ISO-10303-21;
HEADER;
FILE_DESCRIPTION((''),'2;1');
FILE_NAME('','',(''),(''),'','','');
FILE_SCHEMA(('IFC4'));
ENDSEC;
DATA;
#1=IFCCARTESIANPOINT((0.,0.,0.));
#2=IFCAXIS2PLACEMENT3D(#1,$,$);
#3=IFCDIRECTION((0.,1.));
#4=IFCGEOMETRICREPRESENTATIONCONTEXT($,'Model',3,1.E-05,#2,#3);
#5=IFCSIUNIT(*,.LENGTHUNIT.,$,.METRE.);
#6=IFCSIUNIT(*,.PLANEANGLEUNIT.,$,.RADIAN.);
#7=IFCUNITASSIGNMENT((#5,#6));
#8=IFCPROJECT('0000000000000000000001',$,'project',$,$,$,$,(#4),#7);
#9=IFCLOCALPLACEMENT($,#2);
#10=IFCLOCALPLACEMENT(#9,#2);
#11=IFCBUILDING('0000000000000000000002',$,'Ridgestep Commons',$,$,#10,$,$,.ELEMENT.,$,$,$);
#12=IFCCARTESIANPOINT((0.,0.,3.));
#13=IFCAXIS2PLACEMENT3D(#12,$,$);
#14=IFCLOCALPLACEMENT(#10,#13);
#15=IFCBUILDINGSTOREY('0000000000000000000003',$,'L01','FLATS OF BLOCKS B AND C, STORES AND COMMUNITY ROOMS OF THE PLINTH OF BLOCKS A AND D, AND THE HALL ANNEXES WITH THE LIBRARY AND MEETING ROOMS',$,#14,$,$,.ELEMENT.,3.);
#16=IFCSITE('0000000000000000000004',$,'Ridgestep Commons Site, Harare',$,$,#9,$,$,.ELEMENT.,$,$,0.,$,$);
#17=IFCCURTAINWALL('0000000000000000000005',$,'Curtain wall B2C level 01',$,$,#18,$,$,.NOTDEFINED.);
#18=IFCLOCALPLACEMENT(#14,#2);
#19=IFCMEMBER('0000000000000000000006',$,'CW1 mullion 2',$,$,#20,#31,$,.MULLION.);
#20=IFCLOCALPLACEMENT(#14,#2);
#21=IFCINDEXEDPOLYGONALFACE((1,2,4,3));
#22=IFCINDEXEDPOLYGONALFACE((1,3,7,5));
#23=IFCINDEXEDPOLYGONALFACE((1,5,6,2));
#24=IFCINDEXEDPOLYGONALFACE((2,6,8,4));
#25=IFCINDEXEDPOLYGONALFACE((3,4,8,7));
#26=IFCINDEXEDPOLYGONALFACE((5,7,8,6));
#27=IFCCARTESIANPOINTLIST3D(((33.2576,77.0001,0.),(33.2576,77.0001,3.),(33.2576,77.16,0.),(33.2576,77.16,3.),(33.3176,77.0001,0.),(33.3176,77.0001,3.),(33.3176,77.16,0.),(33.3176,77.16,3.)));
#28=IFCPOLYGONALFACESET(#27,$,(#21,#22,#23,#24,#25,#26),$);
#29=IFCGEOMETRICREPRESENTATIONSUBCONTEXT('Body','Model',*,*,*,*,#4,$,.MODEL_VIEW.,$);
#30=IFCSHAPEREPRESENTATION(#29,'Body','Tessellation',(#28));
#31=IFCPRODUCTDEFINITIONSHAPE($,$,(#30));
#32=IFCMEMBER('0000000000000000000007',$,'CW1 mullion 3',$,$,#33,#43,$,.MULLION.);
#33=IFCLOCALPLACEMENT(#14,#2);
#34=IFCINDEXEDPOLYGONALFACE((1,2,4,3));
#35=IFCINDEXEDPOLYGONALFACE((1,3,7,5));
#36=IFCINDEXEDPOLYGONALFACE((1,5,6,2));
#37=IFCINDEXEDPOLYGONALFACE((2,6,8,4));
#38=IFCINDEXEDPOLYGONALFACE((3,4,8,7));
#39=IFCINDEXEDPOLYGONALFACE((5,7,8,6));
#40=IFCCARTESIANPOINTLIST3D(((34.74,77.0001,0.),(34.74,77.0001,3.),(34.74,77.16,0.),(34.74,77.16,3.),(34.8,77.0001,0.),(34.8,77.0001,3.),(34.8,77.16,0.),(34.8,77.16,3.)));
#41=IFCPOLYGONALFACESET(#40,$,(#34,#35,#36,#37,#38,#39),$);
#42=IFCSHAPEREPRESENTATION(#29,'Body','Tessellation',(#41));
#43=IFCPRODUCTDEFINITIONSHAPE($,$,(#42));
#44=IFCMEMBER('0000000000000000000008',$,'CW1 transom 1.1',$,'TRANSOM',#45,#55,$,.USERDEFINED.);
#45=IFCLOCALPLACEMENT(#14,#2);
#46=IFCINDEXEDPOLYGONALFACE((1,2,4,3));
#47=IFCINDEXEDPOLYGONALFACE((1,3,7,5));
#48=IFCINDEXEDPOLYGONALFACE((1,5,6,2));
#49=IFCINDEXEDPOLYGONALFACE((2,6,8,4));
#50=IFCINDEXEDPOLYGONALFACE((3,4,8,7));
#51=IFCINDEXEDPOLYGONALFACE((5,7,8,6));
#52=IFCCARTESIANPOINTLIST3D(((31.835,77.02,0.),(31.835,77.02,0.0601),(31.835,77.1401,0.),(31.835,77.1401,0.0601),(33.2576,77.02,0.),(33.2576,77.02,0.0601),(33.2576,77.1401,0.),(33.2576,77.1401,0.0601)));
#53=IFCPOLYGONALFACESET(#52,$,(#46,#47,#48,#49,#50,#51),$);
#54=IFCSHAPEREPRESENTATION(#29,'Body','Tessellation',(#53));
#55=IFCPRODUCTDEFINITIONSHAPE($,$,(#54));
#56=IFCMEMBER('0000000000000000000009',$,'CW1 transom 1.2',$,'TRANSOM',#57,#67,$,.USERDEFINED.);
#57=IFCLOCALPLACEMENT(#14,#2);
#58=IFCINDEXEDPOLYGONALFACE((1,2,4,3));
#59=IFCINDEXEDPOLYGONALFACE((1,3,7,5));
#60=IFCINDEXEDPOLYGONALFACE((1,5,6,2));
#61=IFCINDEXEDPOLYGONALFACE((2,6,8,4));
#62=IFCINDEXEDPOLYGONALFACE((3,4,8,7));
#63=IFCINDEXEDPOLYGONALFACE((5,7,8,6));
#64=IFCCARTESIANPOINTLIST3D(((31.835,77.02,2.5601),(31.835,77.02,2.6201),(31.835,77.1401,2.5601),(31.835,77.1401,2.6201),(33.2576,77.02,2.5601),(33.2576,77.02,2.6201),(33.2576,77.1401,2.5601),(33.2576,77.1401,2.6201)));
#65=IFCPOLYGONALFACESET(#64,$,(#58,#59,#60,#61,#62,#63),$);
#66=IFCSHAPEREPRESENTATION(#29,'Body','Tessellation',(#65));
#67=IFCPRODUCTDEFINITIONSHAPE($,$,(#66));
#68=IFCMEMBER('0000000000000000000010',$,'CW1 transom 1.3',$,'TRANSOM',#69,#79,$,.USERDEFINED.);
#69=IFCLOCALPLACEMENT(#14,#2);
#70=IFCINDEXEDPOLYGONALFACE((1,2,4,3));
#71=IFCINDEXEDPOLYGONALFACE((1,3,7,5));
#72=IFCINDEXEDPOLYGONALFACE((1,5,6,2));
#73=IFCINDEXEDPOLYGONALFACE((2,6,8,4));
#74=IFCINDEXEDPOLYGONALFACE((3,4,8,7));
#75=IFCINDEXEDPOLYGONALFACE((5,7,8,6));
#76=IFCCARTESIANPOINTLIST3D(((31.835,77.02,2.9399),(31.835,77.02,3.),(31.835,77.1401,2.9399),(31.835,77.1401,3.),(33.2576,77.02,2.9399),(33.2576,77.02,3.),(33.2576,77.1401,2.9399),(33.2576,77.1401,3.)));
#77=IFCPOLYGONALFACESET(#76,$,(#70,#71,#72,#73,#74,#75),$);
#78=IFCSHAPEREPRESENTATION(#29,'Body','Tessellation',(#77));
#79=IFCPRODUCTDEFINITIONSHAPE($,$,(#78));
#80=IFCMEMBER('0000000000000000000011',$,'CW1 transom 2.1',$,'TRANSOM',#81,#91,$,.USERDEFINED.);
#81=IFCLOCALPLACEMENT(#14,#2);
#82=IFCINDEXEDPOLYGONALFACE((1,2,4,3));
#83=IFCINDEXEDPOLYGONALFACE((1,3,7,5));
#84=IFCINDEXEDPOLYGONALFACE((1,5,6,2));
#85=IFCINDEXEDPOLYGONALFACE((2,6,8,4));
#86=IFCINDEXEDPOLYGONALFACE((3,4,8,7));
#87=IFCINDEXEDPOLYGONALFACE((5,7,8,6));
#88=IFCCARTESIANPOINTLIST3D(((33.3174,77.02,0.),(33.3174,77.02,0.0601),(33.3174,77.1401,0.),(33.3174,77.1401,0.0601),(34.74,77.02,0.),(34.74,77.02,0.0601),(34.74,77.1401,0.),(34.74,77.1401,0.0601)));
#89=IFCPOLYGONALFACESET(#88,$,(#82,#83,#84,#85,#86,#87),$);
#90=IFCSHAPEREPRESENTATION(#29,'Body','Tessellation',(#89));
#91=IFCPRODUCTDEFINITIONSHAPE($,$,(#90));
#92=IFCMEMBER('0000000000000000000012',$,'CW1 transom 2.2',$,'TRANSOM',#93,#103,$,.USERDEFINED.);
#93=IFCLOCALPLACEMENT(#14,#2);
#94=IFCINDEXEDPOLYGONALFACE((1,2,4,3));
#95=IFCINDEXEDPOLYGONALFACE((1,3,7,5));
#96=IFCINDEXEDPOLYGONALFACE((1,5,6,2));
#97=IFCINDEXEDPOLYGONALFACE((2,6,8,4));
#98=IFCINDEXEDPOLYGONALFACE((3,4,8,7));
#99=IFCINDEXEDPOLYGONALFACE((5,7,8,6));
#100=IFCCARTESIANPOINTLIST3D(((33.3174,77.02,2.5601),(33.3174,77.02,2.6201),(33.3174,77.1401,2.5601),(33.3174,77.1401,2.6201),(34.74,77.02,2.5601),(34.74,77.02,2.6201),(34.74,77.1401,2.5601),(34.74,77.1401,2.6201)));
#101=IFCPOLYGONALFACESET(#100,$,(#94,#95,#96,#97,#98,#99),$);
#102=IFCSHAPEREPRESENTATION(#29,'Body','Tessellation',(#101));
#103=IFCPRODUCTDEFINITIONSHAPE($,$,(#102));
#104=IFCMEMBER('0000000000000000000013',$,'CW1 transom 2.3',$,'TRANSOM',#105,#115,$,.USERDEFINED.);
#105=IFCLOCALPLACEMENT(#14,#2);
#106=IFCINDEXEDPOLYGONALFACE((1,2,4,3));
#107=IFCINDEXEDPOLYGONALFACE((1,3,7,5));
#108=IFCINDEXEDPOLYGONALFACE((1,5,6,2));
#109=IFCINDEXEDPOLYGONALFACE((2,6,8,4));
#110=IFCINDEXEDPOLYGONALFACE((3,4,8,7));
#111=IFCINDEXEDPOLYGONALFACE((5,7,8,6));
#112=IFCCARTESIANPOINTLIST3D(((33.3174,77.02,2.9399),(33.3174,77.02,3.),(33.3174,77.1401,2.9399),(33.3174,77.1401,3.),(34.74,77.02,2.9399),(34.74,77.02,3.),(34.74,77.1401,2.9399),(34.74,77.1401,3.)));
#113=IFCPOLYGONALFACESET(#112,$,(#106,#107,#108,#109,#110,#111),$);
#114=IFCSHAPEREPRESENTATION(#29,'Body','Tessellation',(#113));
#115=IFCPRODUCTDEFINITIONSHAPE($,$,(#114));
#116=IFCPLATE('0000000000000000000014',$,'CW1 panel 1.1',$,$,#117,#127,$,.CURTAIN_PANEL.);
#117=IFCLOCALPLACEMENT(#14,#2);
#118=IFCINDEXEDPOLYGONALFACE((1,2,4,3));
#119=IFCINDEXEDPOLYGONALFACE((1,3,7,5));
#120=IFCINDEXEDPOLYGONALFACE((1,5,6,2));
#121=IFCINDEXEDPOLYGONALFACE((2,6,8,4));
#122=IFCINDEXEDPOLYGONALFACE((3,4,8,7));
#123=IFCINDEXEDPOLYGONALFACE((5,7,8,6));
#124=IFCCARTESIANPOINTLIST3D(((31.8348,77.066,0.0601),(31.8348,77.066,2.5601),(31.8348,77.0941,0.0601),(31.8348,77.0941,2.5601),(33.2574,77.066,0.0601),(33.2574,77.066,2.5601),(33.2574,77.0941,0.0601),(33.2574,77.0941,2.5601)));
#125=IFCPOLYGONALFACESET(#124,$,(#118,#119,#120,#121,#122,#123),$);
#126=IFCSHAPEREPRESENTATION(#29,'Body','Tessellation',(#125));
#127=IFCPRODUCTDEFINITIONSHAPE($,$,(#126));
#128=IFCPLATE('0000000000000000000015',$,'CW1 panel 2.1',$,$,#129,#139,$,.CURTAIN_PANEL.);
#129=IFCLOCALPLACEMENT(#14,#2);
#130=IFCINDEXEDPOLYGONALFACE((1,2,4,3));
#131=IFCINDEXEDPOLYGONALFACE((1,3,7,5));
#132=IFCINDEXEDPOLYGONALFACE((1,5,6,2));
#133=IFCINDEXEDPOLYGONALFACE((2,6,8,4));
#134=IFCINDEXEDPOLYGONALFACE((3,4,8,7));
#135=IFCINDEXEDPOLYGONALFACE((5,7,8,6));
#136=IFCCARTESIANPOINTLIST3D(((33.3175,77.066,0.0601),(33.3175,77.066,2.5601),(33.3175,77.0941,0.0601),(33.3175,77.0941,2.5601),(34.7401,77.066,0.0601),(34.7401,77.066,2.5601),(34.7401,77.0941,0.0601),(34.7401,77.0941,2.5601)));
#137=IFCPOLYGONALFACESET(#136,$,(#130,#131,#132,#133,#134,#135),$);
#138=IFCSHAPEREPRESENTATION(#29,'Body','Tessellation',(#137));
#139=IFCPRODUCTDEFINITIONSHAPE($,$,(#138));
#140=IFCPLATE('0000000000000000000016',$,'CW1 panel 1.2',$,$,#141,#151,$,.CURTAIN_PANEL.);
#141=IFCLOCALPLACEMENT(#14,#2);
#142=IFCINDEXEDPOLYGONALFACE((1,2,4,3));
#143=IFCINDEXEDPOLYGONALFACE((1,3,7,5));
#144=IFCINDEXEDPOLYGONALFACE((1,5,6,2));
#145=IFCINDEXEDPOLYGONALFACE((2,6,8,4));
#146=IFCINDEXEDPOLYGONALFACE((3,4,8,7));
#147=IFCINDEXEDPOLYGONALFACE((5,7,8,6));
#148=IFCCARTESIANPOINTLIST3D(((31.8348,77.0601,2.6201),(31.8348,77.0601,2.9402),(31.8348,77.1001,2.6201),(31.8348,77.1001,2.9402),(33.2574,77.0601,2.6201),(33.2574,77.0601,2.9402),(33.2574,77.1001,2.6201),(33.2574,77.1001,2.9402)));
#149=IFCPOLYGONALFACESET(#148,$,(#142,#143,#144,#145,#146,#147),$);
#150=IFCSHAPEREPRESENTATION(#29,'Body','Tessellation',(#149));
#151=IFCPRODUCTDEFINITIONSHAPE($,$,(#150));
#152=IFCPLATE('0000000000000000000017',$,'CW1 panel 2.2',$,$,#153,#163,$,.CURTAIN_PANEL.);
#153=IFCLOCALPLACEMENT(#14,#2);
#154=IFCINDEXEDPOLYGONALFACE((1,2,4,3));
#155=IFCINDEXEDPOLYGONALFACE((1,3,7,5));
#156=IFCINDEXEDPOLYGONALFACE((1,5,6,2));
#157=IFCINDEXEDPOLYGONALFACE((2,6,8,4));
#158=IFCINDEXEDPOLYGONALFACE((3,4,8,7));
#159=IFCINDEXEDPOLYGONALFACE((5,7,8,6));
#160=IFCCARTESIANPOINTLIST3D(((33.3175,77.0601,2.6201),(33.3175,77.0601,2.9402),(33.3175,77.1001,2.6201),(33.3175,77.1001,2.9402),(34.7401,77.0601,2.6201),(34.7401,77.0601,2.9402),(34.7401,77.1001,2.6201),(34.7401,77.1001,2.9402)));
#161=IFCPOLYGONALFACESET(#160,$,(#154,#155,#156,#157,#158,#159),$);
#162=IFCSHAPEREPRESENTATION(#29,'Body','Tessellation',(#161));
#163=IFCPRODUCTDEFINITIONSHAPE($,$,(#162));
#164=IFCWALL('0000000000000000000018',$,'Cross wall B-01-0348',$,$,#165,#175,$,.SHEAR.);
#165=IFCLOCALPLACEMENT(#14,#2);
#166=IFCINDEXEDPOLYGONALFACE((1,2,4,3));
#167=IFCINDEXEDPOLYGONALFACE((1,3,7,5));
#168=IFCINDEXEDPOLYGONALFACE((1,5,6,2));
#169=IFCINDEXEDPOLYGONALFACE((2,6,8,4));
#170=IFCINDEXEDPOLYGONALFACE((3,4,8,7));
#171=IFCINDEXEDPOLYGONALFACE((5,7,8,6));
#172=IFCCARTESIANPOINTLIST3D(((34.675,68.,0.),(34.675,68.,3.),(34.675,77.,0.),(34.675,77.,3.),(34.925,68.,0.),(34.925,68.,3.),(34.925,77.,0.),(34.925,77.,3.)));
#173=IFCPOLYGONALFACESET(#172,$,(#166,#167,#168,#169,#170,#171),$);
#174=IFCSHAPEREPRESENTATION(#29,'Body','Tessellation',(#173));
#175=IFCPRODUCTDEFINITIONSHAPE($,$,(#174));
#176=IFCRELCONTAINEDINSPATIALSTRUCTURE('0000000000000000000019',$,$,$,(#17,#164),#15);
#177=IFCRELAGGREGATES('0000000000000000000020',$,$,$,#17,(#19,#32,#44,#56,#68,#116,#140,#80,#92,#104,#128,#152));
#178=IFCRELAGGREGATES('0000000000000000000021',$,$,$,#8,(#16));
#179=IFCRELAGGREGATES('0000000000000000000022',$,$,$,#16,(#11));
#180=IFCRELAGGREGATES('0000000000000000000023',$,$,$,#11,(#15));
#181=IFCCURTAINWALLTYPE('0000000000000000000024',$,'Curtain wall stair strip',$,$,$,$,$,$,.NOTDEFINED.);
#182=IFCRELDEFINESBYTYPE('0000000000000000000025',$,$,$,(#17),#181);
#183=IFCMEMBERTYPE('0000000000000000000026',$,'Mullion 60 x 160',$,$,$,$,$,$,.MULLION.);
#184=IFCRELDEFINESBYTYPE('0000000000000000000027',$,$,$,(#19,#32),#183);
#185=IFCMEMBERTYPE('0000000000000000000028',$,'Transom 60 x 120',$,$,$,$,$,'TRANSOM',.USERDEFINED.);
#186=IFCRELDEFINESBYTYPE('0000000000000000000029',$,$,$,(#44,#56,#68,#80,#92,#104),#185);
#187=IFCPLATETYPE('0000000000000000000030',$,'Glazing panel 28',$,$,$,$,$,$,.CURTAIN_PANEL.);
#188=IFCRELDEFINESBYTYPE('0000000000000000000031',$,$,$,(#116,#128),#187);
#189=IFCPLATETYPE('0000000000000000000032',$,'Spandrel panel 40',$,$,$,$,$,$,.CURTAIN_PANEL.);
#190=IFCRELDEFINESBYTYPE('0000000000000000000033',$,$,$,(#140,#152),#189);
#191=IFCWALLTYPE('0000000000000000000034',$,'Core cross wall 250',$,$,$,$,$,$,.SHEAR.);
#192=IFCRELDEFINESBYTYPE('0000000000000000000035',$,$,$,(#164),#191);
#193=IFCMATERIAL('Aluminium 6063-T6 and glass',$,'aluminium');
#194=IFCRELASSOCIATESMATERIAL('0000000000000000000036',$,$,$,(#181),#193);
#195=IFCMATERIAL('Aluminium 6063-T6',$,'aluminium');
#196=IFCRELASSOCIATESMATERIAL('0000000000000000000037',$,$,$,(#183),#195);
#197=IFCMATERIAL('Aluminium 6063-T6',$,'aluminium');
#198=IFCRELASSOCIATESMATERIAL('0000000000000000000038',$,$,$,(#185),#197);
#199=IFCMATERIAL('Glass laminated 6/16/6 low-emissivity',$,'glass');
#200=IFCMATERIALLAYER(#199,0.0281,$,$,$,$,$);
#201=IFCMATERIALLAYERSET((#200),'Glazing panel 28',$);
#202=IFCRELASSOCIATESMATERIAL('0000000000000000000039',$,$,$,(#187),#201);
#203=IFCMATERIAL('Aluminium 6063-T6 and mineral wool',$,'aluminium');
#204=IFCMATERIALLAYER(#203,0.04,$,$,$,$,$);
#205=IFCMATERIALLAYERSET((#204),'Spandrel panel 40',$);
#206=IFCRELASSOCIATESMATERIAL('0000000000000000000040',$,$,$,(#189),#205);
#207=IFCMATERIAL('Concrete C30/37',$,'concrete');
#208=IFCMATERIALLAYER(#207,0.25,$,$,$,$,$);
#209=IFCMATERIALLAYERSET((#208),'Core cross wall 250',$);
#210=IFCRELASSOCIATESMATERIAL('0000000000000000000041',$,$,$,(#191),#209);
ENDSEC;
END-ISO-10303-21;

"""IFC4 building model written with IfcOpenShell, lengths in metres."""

from ifc_helpers import new_model, si_unit, direction, frame, frame_2d, origin, origin_2d, place, context, subcontext, project, spatial, rectangle, extrude, material, layer, layer_set, material_profile, profile_set, type_object, element, aggregate, save


model = new_model("IFC4")

# Units and contexts
model_context = context("Model", 3, precision=1e-05, world=origin(), true_north=direction((0.0, 1.0)))
body_context = subcontext(model_context, "Body", "Model", "MODEL_VIEW")
ifc_project = project(units=[si_unit("LENGTHUNIT", "METRE"), si_unit("PLANEANGLEUNIT", "RADIAN")], contexts=[model_context])

# Site, building, storey
site_placement = place(None, origin())
site = spatial("IfcSite", under=ifc_project, at=site_placement, Name="Ridgestep Commons Site, Harare", CompositionType="ELEMENT", RefElevation=0.0)
building_placement = place(site_placement, origin())
building = spatial("IfcBuilding", under=site, at=building_placement, Name="Ridgestep Commons", CompositionType="ELEMENT")
storey_placement = place(building_placement, frame((0.0, 0.0, 3.0)))
storey = spatial("IfcBuildingStorey", under=building, at=storey_placement, Name="L01", Description="FLATS OF BLOCKS B AND C, STORES AND COMMUNITY ROOMS OF THE PLINTH OF BLOCKS A AND D, AND THE HALL ANNEXES WITH THE LIBRARY AND MEETING ROOMS", CompositionType="ELEMENT", Elevation=3.0)

# Curtain wall, members, plates
ifc_material_1 = material(Name="Aluminium 6063-T6 and glass", Category="aluminium")
curtain_wall_type = type_object("IfcCurtainWallType", Name="Curtain wall stair strip", PredefinedType="NOTDEFINED", material=ifc_material_1)
curtain_wall_placement = place(storey_placement, origin())
curtain_wall = element("IfcCurtainWall", 1, at=curtain_wall_placement, inside=storey, type_object=curtain_wall_type, Name="Curtain wall B2C level 01", PredefinedType="NOTDEFINED")
ifc_material_2 = material(Name="Aluminium 6063-T6", Category="aluminium")
ifc_material_profile_1 = material_profile(ifc_material_2, rectangle(XDim=0.1599, YDim=0.0601, at=origin_2d()), Name="Mullion 60 x 160")
ifc_profile_set_1 = profile_set([ifc_material_profile_1], Name="Aluminium 6063-T6")
member_type_1 = type_object("IfcMemberType", Name="Mullion 60 x 160", PredefinedType="MULLION", material=ifc_profile_set_1)
member_1_placement = place(storey_placement, frame((33.2876, 77.0801, 0.0), z_axis=(0.0, 0.0, 1.0), x_axis=(0.0, 1.0, 0.0)))
member_1 = element("IfcMember", 2, at=member_1_placement, type_object=member_type_1, Name="CW1 mullion 2", PredefinedType="MULLION", context=body_context, shape_type="SweptSolid", body=[
    extrude(rectangle(XDim=0.1599, YDim=0.0601, at=origin_2d()), origin(), (0.0, 0.0, 1.0), 3.0),
])
member_2_placement = place(storey_placement, frame((34.77, 77.0801, 0.0), z_axis=(0.0, 0.0, 1.0), x_axis=(0.0, 1.0, 0.0)))
member_2 = element("IfcMember", 3, at=member_2_placement, type_object=member_type_1, Name="CW1 mullion 3", PredefinedType="MULLION", context=body_context, shape_type="SweptSolid", body=[
    extrude(rectangle(XDim=0.1599, YDim=0.0601, at=origin_2d()), origin(), (0.0, 0.0, 1.0), 3.0),
])
ifc_material_3 = material(Name="Aluminium 6063-T6", Category="aluminium")
ifc_material_profile_2 = material_profile(ifc_material_3, rectangle(XDim=0.1201, YDim=0.0601, at=origin_2d()), Name="Transom 60 x 120")
ifc_profile_set_2 = profile_set([ifc_material_profile_2], Name="Aluminium 6063-T6")
member_type_2 = type_object("IfcMemberType", Name="Transom 60 x 120", ElementType="TRANSOM", PredefinedType="USERDEFINED", material=ifc_profile_set_2)
member_3_placement = place(storey_placement, frame((31.835, 77.0801, 0.03), z_axis=(1.0, 0.0, 0.0), x_axis=(0.0, 1.0, 0.0)))
member_3 = element("IfcMember", 4, at=member_3_placement, type_object=member_type_2, Name="CW1 transom 1.1", ObjectType="TRANSOM", PredefinedType="USERDEFINED", context=body_context, shape_type="SweptSolid", body=[
    extrude(rectangle(XDim=0.1201, YDim=0.0601, at=origin_2d()), origin(), (0.0, 0.0, 1.0), 1.4226),
])
member_4_placement = place(storey_placement, frame((31.835, 77.0801, 2.5901), z_axis=(1.0, 0.0, 0.0), x_axis=(0.0, 1.0, 0.0)))
member_4 = element("IfcMember", 5, at=member_4_placement, type_object=member_type_2, Name="CW1 transom 1.2", ObjectType="TRANSOM", PredefinedType="USERDEFINED", context=body_context, shape_type="SweptSolid", body=[
    extrude(rectangle(XDim=0.1201, YDim=0.0601, at=origin_2d()), origin(), (0.0, 0.0, 1.0), 1.4226),
])
member_5_placement = place(storey_placement, frame((31.835, 77.0801, 2.97), z_axis=(1.0, 0.0, 0.0), x_axis=(0.0, 1.0, 0.0)))
member_5 = element("IfcMember", 6, at=member_5_placement, type_object=member_type_2, Name="CW1 transom 1.3", ObjectType="TRANSOM", PredefinedType="USERDEFINED", context=body_context, shape_type="SweptSolid", body=[
    extrude(rectangle(XDim=0.1201, YDim=0.0601, at=origin_2d()), origin(), (0.0, 0.0, 1.0), 1.4226),
])
member_6_placement = place(storey_placement, frame((33.3174, 77.0801, 0.03), z_axis=(1.0, 0.0, 0.0), x_axis=(0.0, 1.0, 0.0)))
member_6 = element("IfcMember", 7, at=member_6_placement, type_object=member_type_2, Name="CW1 transom 2.1", ObjectType="TRANSOM", PredefinedType="USERDEFINED", context=body_context, shape_type="SweptSolid", body=[
    extrude(rectangle(XDim=0.1201, YDim=0.0601, at=origin_2d()), origin(), (0.0, 0.0, 1.0), 1.4226),
])
member_7_placement = place(storey_placement, frame((33.3174, 77.0801, 2.5901), z_axis=(1.0, 0.0, 0.0), x_axis=(0.0, 1.0, 0.0)))
member_7 = element("IfcMember", 8, at=member_7_placement, type_object=member_type_2, Name="CW1 transom 2.2", ObjectType="TRANSOM", PredefinedType="USERDEFINED", context=body_context, shape_type="SweptSolid", body=[
    extrude(rectangle(XDim=0.1201, YDim=0.0601, at=origin_2d()), origin(), (0.0, 0.0, 1.0), 1.4226),
])
member_8_placement = place(storey_placement, frame((33.3174, 77.0801, 2.97), z_axis=(1.0, 0.0, 0.0), x_axis=(0.0, 1.0, 0.0)))
member_8 = element("IfcMember", 9, at=member_8_placement, type_object=member_type_2, Name="CW1 transom 2.3", ObjectType="TRANSOM", PredefinedType="USERDEFINED", context=body_context, shape_type="SweptSolid", body=[
    extrude(rectangle(XDim=0.1201, YDim=0.0601, at=origin_2d()), origin(), (0.0, 0.0, 1.0), 1.4226),
])
ifc_material_4 = material(Name="Glass laminated 6/16/6 low-emissivity", Category="glass")
ifc_layer_1 = layer(ifc_material_4, 0.0281)
ifc_layer_set_1 = layer_set([ifc_layer_1], Name="Glazing panel 28")
plate_type_1 = type_object("IfcPlateType", Name="Glazing panel 28", PredefinedType="CURTAIN_PANEL", material=ifc_layer_set_1)
plate_1_placement = place(storey_placement, frame((32.5461, 77.0801, 0.0601), z_axis=(0.0, 0.0, 1.0), x_axis=(1.0, 0.0, 0.0)))
plate_1 = element("IfcPlate", 10, at=plate_1_placement, type_object=plate_type_1, Name="CW1 panel 1.1", PredefinedType="CURTAIN_PANEL", context=body_context, shape_type="SweptSolid", body=[
    extrude(rectangle(XDim=1.4226, YDim=0.0281, at=origin_2d()), origin(), (0.0, 0.0, 1.0), 2.5),
])
plate_2_placement = place(storey_placement, frame((34.0288, 77.0801, 0.0601), z_axis=(0.0, 0.0, 1.0), x_axis=(1.0, 0.0, 0.0)))
plate_2 = element("IfcPlate", 11, at=plate_2_placement, type_object=plate_type_1, Name="CW1 panel 2.1", PredefinedType="CURTAIN_PANEL", context=body_context, shape_type="SweptSolid", body=[
    extrude(rectangle(XDim=1.4226, YDim=0.0281, at=origin_2d()), origin(), (0.0, 0.0, 1.0), 2.5),
])
ifc_material_5 = material(Name="Aluminium 6063-T6 and mineral wool", Category="aluminium")
ifc_layer_2 = layer(ifc_material_5, 0.04)
ifc_layer_set_2 = layer_set([ifc_layer_2], Name="Spandrel panel 40")
plate_type_2 = type_object("IfcPlateType", Name="Spandrel panel 40", PredefinedType="CURTAIN_PANEL", material=ifc_layer_set_2)
plate_3_placement = place(storey_placement, frame((32.5461, 77.0801, 2.6201), z_axis=(0.0, 0.0, 1.0), x_axis=(1.0, 0.0, 0.0)))
plate_3 = element("IfcPlate", 12, at=plate_3_placement, type_object=plate_type_2, Name="CW1 panel 1.2", PredefinedType="CURTAIN_PANEL", context=body_context, shape_type="SweptSolid", body=[
    extrude(rectangle(XDim=1.4226, YDim=0.04, at=origin_2d()), origin(), (0.0, 0.0, 1.0), 0.3201),
])
plate_4_placement = place(storey_placement, frame((34.0288, 77.0801, 2.6201), z_axis=(0.0, 0.0, 1.0), x_axis=(1.0, 0.0, 0.0)))
plate_4 = element("IfcPlate", 13, at=plate_4_placement, type_object=plate_type_2, Name="CW1 panel 2.2", PredefinedType="CURTAIN_PANEL", context=body_context, shape_type="SweptSolid", body=[
    extrude(rectangle(XDim=1.4226, YDim=0.04, at=origin_2d()), origin(), (0.0, 0.0, 1.0), 0.3201),
])
aggregate(curtain_wall, [member_1, member_2, member_3, member_4, member_5, plate_1, plate_3, member_6, member_7, member_8, plate_2, plate_4])

# Wall
ifc_material_6 = material(Name="Concrete C30/37", Category="concrete")
ifc_layer_3 = layer(ifc_material_6, 0.25)
ifc_layer_set_3 = layer_set([ifc_layer_3], Name="Core cross wall 250")
wall_type_1 = type_object("IfcWallType", Name="Core cross wall 250", PredefinedType="SHEAR", material=ifc_layer_set_3)
wall_1_placement = place(storey_placement, frame((34.8, 68.0, 0.0), z_axis=(0.0, 0.0, 1.0), x_axis=(0.0, 1.0, 0.0)))
element("IfcWall", 14, at=wall_1_placement, inside=storey, type_object=wall_type_1, Name="Cross wall B-01-0348", PredefinedType="SHEAR", context=body_context, shape_type="SweptSolid", body=[
    extrude(rectangle(XDim=9.0, YDim=0.25, at=frame_2d((4.5, 0.0))), origin(), (0.0, 0.0, 1.0), 3.0),
])

save(model, "model.ifc")
